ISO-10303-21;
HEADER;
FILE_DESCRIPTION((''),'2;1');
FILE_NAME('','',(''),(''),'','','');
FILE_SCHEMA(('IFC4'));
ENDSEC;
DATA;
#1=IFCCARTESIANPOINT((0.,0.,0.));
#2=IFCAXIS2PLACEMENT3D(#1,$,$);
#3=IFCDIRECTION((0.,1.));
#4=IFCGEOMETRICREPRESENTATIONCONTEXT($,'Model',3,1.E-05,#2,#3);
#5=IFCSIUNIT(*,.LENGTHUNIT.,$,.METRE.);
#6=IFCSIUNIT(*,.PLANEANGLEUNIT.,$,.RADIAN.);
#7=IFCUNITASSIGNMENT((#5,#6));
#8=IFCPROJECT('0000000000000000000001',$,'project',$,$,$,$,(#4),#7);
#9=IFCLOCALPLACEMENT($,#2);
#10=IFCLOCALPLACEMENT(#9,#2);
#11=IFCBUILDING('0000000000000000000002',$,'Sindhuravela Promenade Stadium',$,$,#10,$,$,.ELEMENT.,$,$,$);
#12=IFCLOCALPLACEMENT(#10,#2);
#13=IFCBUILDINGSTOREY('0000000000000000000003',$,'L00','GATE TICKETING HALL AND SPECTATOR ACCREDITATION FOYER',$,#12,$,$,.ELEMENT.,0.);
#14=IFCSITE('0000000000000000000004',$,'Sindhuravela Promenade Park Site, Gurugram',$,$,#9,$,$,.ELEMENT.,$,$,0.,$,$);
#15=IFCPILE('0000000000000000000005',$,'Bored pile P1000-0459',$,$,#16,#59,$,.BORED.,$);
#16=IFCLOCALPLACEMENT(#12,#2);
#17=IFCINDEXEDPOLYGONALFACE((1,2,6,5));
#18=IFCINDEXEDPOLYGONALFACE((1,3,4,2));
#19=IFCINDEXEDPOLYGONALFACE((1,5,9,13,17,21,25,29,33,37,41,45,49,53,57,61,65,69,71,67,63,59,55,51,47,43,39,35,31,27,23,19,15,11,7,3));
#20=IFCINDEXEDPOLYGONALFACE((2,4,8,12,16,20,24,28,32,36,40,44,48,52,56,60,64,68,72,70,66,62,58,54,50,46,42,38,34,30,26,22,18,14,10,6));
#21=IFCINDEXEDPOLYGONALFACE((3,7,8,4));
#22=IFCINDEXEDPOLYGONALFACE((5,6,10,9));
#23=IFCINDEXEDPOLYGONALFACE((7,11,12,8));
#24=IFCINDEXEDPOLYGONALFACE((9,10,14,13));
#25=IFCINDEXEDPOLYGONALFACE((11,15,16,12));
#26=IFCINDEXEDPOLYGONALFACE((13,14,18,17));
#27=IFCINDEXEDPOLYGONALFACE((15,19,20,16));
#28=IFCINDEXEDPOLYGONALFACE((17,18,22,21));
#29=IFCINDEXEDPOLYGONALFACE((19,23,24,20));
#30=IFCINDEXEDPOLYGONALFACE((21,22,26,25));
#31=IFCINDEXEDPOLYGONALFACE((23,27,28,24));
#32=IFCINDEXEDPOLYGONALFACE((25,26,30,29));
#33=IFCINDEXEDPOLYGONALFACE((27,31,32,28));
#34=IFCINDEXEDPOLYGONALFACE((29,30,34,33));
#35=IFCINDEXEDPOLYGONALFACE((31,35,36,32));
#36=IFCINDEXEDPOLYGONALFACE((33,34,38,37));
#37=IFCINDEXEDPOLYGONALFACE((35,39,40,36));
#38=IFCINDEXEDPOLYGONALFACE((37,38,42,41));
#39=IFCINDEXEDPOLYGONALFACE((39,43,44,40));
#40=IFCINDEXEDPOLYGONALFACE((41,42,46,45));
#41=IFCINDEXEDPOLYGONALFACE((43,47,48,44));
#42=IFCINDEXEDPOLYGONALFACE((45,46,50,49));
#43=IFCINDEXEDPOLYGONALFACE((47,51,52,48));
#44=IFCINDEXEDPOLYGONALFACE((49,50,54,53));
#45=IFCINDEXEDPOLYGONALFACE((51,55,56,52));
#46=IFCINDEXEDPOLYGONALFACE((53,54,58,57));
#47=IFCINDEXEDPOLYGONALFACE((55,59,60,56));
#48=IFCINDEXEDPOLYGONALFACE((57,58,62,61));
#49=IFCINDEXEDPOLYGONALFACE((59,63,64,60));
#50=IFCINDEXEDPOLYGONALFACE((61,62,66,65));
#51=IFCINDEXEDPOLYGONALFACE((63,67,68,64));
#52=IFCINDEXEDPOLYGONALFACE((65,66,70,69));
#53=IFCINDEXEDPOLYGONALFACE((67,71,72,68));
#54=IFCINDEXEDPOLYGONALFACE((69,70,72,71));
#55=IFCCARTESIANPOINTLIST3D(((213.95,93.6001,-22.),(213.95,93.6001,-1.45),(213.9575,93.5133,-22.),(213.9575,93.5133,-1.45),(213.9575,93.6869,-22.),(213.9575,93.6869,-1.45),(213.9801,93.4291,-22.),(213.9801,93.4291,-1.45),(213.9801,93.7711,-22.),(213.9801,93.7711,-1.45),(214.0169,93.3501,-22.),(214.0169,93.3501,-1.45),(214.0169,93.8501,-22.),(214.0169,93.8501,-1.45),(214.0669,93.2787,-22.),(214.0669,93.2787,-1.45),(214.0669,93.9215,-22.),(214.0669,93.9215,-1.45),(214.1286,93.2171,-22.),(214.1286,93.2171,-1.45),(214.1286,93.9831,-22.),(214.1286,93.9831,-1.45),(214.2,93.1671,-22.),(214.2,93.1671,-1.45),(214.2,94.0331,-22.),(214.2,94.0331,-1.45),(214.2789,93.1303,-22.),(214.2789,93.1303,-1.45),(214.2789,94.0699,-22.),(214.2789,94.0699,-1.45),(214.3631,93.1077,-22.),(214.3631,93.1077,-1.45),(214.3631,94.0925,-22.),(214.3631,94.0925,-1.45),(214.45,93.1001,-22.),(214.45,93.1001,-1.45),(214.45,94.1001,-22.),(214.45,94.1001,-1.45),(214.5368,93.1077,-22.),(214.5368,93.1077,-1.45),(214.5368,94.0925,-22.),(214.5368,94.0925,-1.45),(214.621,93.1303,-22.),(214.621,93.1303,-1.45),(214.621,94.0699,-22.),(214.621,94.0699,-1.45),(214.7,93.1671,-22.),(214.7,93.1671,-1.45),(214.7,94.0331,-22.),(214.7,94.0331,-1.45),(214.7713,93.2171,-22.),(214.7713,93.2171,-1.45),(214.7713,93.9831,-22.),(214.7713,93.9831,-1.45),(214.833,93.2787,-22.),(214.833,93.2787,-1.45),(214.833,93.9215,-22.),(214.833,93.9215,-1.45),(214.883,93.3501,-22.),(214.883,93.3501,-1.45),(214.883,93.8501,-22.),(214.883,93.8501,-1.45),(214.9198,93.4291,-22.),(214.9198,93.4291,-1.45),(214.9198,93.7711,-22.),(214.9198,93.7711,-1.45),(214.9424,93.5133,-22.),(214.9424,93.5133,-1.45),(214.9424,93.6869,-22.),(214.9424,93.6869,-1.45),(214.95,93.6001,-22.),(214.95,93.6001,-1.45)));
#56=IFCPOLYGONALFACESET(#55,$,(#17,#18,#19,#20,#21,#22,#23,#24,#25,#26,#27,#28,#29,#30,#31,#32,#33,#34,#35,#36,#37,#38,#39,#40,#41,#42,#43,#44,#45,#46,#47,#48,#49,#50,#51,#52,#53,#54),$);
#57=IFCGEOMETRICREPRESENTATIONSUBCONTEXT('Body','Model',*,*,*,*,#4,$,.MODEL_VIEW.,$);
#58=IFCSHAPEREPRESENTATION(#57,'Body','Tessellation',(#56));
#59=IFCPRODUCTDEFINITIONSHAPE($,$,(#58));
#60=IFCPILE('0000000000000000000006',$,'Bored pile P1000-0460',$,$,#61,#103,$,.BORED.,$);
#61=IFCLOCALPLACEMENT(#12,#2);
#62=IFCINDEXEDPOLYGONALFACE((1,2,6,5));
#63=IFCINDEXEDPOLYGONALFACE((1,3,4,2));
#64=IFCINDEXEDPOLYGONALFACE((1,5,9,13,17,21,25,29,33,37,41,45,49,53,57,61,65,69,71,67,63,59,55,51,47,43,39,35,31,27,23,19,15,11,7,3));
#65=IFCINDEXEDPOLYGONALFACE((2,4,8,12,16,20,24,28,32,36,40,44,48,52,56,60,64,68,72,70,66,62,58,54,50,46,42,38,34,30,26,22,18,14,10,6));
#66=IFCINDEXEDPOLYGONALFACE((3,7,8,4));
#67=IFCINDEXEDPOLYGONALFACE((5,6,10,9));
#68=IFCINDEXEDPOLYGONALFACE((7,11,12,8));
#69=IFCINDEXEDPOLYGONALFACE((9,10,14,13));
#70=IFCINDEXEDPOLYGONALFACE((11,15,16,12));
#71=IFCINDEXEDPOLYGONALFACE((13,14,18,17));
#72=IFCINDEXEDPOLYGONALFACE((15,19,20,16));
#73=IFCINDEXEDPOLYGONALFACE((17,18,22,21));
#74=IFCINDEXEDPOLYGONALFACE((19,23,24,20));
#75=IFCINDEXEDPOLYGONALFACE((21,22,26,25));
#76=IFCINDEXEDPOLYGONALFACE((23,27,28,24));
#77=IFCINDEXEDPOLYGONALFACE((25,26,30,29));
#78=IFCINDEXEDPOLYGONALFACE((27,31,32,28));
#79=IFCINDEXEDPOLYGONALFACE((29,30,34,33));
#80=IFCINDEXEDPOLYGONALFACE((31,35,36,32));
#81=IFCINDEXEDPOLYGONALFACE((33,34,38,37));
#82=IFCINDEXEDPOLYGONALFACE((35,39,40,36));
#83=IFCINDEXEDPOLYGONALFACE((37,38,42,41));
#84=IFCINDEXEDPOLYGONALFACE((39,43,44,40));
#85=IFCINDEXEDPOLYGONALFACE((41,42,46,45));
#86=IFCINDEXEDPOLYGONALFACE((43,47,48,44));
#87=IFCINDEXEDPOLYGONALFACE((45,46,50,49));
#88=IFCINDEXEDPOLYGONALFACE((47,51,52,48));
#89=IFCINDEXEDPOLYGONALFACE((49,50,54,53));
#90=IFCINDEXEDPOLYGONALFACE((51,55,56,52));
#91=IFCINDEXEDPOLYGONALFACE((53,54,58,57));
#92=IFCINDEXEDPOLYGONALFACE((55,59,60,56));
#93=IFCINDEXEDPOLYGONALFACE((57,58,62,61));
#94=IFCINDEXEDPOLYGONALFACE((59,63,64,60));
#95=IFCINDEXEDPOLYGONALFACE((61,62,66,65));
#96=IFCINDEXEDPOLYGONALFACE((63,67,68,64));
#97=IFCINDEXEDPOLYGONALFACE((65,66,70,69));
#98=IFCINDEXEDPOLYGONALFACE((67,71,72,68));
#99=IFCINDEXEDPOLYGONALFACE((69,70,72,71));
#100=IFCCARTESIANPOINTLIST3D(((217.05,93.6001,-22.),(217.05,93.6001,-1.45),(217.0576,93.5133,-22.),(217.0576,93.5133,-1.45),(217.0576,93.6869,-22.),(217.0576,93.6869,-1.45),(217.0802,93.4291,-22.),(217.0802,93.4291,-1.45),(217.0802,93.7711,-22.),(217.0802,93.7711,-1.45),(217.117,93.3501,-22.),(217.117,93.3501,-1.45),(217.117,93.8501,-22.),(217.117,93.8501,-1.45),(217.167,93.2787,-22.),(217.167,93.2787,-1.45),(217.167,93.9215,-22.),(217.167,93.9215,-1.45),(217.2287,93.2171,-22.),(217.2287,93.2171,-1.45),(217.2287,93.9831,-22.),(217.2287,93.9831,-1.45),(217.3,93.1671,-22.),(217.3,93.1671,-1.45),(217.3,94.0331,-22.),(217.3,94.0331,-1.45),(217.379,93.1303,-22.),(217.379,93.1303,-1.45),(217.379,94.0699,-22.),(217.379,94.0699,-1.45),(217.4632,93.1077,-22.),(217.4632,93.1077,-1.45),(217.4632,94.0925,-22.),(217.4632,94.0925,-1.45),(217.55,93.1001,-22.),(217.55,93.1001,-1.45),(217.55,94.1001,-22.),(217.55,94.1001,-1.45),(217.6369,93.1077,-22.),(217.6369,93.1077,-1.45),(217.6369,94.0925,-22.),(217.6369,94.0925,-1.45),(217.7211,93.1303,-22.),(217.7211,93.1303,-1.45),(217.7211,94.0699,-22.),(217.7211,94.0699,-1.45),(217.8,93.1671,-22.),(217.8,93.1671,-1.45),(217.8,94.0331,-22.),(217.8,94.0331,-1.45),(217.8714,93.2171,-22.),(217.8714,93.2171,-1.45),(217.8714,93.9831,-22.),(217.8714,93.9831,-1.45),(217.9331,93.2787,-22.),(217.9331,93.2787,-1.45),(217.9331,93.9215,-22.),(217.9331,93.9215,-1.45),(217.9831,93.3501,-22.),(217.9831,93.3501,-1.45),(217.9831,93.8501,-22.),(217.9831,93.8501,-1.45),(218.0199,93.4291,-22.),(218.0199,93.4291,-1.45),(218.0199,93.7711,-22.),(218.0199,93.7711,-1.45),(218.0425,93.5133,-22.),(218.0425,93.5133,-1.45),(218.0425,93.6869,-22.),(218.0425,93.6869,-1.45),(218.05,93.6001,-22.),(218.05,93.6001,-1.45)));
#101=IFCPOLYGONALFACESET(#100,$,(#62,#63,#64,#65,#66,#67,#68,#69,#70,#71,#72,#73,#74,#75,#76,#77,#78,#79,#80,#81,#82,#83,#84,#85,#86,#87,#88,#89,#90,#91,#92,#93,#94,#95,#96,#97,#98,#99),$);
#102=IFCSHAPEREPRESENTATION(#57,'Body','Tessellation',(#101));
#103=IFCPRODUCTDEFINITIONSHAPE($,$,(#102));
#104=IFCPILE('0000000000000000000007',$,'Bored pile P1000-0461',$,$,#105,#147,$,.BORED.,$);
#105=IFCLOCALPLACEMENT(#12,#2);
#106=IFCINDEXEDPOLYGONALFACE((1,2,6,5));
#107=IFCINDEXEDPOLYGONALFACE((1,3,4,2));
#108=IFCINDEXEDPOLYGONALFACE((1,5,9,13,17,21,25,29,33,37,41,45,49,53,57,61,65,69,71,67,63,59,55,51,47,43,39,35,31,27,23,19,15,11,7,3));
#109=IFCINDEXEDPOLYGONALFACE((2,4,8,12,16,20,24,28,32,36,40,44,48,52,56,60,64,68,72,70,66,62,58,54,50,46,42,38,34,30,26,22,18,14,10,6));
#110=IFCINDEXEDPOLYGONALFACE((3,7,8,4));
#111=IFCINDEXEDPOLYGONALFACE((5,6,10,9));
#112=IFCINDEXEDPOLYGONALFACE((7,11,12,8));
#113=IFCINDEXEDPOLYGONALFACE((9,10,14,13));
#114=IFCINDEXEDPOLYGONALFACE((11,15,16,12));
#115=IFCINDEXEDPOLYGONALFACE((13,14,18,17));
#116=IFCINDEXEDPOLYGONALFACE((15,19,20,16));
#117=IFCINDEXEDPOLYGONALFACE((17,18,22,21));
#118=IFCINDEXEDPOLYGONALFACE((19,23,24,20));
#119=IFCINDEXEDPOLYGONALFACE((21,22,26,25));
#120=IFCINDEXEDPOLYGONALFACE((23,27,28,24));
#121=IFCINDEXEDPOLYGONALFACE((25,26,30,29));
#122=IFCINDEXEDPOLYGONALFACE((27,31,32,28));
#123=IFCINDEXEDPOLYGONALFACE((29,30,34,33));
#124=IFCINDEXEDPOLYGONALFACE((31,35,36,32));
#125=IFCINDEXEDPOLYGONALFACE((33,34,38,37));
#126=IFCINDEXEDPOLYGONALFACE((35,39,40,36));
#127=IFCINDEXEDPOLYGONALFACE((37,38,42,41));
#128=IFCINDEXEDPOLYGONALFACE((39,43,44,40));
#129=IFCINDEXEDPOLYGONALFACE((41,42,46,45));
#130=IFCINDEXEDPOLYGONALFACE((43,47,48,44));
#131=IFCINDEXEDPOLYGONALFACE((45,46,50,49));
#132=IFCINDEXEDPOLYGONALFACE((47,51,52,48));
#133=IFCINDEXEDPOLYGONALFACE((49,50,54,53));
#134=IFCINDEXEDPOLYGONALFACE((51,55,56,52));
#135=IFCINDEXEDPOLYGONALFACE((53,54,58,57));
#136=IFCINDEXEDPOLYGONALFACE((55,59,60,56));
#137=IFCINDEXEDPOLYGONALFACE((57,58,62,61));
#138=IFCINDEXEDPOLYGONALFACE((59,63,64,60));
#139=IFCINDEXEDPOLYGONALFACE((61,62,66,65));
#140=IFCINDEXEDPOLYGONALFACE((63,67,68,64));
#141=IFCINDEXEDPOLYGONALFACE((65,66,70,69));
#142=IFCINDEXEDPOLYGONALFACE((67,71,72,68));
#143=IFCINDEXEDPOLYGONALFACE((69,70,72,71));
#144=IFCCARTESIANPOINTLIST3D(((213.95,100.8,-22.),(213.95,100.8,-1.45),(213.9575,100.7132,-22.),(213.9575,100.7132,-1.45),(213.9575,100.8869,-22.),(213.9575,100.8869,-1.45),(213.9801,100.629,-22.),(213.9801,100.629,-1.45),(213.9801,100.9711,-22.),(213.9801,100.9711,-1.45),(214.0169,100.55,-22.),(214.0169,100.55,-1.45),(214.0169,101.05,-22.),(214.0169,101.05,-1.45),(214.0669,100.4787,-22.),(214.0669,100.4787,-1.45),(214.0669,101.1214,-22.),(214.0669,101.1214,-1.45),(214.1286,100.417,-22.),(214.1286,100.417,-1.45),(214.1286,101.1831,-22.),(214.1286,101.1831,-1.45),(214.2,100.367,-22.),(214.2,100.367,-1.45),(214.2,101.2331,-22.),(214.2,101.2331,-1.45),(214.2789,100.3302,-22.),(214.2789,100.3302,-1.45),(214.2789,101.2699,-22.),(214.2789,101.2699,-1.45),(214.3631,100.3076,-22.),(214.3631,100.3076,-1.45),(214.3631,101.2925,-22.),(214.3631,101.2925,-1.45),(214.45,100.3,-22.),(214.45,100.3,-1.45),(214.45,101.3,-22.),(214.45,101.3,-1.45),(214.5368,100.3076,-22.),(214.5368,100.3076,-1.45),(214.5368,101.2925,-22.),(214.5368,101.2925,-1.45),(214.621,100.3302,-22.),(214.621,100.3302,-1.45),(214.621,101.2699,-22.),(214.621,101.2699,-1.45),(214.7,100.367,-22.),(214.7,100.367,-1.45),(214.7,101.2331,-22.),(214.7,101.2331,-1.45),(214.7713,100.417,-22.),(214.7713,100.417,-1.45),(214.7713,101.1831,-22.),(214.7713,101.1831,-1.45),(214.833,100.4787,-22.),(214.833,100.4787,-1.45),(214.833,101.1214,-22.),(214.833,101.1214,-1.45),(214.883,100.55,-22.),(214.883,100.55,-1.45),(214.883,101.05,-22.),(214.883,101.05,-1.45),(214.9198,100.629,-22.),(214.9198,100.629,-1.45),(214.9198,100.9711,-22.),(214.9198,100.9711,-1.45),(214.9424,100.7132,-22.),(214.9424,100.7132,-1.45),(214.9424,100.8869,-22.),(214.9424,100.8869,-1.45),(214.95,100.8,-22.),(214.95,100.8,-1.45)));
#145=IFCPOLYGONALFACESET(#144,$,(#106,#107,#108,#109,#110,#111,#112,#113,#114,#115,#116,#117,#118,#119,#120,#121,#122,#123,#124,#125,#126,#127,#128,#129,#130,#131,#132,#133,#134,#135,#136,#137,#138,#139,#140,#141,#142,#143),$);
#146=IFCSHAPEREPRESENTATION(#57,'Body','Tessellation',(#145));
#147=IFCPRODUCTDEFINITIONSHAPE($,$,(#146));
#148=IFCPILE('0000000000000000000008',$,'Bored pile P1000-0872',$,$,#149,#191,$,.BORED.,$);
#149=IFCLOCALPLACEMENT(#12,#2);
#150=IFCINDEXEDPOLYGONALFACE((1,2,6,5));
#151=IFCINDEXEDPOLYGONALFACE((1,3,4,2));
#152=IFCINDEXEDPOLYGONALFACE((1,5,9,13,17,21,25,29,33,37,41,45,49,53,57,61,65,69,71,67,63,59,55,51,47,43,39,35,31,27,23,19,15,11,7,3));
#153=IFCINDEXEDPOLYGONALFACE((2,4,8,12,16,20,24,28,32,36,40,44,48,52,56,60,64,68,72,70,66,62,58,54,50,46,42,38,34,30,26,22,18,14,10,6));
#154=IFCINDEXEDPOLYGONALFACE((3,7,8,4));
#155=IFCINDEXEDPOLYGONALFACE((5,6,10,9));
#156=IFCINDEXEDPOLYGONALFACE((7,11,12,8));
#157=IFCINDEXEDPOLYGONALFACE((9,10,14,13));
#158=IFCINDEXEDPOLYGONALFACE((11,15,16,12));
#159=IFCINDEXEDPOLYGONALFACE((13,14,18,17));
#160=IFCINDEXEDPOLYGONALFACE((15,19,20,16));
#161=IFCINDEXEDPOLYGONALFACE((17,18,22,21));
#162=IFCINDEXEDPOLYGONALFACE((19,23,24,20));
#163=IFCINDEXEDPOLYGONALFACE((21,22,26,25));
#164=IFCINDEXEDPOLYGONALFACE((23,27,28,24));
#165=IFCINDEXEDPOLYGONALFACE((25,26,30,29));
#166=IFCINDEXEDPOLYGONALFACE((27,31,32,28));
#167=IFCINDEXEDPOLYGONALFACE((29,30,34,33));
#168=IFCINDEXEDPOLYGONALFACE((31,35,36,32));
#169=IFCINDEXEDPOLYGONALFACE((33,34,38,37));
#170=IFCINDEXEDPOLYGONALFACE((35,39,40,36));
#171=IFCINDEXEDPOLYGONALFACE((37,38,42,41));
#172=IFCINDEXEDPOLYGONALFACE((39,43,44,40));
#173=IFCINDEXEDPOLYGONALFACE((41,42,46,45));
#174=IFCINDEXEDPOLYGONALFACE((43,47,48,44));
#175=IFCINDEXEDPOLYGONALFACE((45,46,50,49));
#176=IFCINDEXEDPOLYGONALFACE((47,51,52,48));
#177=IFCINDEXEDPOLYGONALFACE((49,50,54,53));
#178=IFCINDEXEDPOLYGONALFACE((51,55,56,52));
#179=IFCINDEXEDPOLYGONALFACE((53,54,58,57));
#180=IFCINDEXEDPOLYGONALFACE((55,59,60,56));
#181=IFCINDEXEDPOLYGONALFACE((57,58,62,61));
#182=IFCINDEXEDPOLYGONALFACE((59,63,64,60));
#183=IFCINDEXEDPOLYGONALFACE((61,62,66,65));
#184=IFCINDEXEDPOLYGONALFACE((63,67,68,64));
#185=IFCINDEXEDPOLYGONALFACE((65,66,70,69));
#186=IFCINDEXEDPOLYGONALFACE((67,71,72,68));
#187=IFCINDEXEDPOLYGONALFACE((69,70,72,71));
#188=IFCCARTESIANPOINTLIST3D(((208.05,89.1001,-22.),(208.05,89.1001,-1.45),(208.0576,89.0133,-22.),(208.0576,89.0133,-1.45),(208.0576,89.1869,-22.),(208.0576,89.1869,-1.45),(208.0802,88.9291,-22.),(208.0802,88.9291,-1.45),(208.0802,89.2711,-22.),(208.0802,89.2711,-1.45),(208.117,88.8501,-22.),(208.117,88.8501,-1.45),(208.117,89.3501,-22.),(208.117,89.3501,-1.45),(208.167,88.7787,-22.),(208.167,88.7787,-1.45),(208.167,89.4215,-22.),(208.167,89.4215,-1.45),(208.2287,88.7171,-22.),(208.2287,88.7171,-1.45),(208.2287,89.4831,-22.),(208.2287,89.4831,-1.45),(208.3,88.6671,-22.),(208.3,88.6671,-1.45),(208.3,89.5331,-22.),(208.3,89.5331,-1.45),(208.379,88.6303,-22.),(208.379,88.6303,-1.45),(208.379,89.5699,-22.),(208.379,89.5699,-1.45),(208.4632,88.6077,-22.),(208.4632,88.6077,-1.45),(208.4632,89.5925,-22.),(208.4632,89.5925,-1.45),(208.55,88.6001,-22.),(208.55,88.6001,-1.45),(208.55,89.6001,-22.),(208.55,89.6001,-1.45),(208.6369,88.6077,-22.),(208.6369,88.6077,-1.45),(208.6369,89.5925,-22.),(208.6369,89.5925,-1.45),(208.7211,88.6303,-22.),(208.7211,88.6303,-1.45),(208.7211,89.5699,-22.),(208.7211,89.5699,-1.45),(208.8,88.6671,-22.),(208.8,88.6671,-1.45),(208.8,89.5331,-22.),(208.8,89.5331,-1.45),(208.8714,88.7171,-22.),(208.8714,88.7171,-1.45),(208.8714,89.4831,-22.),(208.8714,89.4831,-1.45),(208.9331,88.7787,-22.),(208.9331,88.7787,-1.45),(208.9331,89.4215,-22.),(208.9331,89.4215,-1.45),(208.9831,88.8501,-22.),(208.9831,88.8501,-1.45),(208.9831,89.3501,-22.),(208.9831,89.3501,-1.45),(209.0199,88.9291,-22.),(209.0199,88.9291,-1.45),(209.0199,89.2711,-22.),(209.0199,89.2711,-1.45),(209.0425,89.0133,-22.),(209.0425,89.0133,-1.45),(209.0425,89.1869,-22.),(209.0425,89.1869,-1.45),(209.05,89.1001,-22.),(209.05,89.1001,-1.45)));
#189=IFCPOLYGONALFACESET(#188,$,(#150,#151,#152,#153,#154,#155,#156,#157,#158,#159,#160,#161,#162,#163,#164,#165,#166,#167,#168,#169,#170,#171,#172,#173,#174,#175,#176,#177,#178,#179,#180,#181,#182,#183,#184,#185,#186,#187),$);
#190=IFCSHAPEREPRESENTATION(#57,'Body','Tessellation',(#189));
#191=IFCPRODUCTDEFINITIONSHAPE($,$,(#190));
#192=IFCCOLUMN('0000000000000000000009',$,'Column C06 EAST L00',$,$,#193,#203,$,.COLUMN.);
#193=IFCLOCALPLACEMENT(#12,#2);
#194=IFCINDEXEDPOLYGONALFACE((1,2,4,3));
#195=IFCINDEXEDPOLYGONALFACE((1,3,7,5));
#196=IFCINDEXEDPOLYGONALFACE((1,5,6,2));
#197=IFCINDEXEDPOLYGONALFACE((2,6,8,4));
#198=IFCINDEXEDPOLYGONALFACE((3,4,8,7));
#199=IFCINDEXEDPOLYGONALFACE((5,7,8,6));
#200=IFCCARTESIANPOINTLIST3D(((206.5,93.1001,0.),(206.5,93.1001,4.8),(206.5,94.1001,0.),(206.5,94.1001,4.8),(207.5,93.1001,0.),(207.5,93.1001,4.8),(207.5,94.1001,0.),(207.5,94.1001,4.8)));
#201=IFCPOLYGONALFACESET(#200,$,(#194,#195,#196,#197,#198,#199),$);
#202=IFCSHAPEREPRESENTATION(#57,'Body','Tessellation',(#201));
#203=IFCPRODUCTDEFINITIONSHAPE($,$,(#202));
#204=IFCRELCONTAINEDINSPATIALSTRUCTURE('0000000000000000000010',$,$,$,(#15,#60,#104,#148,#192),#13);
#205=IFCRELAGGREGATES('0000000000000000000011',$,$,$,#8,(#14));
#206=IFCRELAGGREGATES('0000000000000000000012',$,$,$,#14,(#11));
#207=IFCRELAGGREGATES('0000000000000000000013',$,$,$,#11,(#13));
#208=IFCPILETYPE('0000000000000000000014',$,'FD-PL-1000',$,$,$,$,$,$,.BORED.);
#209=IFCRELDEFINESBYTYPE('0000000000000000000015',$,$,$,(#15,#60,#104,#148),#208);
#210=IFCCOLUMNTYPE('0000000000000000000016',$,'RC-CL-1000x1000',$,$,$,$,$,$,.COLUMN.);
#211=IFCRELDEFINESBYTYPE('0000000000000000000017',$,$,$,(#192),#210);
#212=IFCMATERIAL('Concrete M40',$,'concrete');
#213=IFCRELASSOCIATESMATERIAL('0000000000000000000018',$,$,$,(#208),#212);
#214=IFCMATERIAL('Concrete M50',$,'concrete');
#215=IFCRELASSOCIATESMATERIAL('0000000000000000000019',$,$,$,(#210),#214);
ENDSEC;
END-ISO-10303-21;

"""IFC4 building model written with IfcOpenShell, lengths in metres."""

from ifc_helpers import new_model, si_unit, direction, frame, origin, origin_2d, place, context, subcontext, project, spatial, rectangle, circle, extrude, material, material_profile, profile_set, type_object, element, save


model = new_model("IFC4")

# Units and contexts
model_context = context("Model", 3, precision=1e-05, world=origin(), true_north=direction((0.0, 1.0)))
body_context = subcontext(model_context, "Body", "Model", "MODEL_VIEW")
ifc_project = project(units=[si_unit("LENGTHUNIT", "METRE"), si_unit("PLANEANGLEUNIT", "RADIAN")], contexts=[model_context])

# Site, building, storey
site_placement = place(None, origin())
site = spatial("IfcSite", under=ifc_project, at=site_placement, Name="Sindhuravela Promenade Park Site, Gurugram", CompositionType="ELEMENT", RefElevation=0.0)
building_placement = place(site_placement, origin())
building = spatial("IfcBuilding", under=site, at=building_placement, Name="Sindhuravela Promenade Stadium", CompositionType="ELEMENT")
storey_placement = place(building_placement, origin())
storey = spatial("IfcBuildingStorey", under=building, at=storey_placement, Name="L00", Description="GATE TICKETING HALL AND SPECTATOR ACCREDITATION FOYER", CompositionType="ELEMENT", Elevation=0.0)

# Shared definitions
ifc_material_1 = material(Name="Concrete M50", Category="concrete")

# Piles
ifc_material_2 = material(Name="Concrete M40", Category="concrete")
ifc_material_profile_1 = material_profile(ifc_material_2, circle(Radius=0.5, at=origin_2d()), Name="BORED PILE D1000")
ifc_profile_set_1 = profile_set([ifc_material_profile_1], Name="Concrete M40")
pile_type = type_object("IfcPileType", Name="FD-PL-1000", PredefinedType="BORED", material=ifc_profile_set_1)
for number, where, z_axis, x_axis, name in (
    (1, (214.45, 93.6001, -1.45), (0.0, 0.0, -1.0), (1.0, 0.0, 0.0), "Bored pile P1000-0459"),
    (2, (217.55, 93.6001, -1.45), (0.0, 0.0, -1.0), (1.0, 0.0, 0.0), "Bored pile P1000-0460"),
    (3, (214.45, 100.8, -1.45), (0.0, 0.0, -1.0), (1.0, 0.0, 0.0), "Bored pile P1000-0461"),
    (4, (208.55, 89.1001, -1.45), (0.0, 0.0, -1.0), (1.0, 0.0, 0.0), "Bored pile P1000-0872"),
):
    element("IfcPile", number, at=place(storey_placement, frame(where, z_axis=z_axis, x_axis=x_axis)), inside=storey, type_object=pile_type, Name=name, PredefinedType="BORED", context=body_context, shape_type="SweptSolid", body=[
        extrude(circle(Radius=0.5, at=origin_2d()), origin(), (0.0, 0.0, 1.0), 20.55),
    ])

# Column
ifc_material_profile_2 = material_profile(ifc_material_1, rectangle(XDim=1.0, YDim=1.0, at=origin_2d()), Name="RC 1000x1000")
ifc_profile_set_2 = profile_set([ifc_material_profile_2], Name="Concrete M50")
column_type_1 = type_object("IfcColumnType", Name="RC-CL-1000x1000", PredefinedType="COLUMN", material=ifc_profile_set_2)
for number, where, z_axis, x_axis, name in (
    (5, (207.0, 93.6001, 0.0), (0.0, 0.0, 1.0), (1.0, 0.0, 0.0), "Column C06 EAST L00"),
):
    element("IfcColumn", number, at=place(storey_placement, frame(where, z_axis=z_axis, x_axis=x_axis)), inside=storey, type_object=column_type_1, Name=name, PredefinedType="COLUMN", context=body_context, shape_type="SweptSolid", body=[
        extrude(rectangle(XDim=1.0, YDim=1.0, at=origin_2d()), origin(), (0.0, 0.0, 1.0), 4.8),
    ])

save(model, "model.ifc")
